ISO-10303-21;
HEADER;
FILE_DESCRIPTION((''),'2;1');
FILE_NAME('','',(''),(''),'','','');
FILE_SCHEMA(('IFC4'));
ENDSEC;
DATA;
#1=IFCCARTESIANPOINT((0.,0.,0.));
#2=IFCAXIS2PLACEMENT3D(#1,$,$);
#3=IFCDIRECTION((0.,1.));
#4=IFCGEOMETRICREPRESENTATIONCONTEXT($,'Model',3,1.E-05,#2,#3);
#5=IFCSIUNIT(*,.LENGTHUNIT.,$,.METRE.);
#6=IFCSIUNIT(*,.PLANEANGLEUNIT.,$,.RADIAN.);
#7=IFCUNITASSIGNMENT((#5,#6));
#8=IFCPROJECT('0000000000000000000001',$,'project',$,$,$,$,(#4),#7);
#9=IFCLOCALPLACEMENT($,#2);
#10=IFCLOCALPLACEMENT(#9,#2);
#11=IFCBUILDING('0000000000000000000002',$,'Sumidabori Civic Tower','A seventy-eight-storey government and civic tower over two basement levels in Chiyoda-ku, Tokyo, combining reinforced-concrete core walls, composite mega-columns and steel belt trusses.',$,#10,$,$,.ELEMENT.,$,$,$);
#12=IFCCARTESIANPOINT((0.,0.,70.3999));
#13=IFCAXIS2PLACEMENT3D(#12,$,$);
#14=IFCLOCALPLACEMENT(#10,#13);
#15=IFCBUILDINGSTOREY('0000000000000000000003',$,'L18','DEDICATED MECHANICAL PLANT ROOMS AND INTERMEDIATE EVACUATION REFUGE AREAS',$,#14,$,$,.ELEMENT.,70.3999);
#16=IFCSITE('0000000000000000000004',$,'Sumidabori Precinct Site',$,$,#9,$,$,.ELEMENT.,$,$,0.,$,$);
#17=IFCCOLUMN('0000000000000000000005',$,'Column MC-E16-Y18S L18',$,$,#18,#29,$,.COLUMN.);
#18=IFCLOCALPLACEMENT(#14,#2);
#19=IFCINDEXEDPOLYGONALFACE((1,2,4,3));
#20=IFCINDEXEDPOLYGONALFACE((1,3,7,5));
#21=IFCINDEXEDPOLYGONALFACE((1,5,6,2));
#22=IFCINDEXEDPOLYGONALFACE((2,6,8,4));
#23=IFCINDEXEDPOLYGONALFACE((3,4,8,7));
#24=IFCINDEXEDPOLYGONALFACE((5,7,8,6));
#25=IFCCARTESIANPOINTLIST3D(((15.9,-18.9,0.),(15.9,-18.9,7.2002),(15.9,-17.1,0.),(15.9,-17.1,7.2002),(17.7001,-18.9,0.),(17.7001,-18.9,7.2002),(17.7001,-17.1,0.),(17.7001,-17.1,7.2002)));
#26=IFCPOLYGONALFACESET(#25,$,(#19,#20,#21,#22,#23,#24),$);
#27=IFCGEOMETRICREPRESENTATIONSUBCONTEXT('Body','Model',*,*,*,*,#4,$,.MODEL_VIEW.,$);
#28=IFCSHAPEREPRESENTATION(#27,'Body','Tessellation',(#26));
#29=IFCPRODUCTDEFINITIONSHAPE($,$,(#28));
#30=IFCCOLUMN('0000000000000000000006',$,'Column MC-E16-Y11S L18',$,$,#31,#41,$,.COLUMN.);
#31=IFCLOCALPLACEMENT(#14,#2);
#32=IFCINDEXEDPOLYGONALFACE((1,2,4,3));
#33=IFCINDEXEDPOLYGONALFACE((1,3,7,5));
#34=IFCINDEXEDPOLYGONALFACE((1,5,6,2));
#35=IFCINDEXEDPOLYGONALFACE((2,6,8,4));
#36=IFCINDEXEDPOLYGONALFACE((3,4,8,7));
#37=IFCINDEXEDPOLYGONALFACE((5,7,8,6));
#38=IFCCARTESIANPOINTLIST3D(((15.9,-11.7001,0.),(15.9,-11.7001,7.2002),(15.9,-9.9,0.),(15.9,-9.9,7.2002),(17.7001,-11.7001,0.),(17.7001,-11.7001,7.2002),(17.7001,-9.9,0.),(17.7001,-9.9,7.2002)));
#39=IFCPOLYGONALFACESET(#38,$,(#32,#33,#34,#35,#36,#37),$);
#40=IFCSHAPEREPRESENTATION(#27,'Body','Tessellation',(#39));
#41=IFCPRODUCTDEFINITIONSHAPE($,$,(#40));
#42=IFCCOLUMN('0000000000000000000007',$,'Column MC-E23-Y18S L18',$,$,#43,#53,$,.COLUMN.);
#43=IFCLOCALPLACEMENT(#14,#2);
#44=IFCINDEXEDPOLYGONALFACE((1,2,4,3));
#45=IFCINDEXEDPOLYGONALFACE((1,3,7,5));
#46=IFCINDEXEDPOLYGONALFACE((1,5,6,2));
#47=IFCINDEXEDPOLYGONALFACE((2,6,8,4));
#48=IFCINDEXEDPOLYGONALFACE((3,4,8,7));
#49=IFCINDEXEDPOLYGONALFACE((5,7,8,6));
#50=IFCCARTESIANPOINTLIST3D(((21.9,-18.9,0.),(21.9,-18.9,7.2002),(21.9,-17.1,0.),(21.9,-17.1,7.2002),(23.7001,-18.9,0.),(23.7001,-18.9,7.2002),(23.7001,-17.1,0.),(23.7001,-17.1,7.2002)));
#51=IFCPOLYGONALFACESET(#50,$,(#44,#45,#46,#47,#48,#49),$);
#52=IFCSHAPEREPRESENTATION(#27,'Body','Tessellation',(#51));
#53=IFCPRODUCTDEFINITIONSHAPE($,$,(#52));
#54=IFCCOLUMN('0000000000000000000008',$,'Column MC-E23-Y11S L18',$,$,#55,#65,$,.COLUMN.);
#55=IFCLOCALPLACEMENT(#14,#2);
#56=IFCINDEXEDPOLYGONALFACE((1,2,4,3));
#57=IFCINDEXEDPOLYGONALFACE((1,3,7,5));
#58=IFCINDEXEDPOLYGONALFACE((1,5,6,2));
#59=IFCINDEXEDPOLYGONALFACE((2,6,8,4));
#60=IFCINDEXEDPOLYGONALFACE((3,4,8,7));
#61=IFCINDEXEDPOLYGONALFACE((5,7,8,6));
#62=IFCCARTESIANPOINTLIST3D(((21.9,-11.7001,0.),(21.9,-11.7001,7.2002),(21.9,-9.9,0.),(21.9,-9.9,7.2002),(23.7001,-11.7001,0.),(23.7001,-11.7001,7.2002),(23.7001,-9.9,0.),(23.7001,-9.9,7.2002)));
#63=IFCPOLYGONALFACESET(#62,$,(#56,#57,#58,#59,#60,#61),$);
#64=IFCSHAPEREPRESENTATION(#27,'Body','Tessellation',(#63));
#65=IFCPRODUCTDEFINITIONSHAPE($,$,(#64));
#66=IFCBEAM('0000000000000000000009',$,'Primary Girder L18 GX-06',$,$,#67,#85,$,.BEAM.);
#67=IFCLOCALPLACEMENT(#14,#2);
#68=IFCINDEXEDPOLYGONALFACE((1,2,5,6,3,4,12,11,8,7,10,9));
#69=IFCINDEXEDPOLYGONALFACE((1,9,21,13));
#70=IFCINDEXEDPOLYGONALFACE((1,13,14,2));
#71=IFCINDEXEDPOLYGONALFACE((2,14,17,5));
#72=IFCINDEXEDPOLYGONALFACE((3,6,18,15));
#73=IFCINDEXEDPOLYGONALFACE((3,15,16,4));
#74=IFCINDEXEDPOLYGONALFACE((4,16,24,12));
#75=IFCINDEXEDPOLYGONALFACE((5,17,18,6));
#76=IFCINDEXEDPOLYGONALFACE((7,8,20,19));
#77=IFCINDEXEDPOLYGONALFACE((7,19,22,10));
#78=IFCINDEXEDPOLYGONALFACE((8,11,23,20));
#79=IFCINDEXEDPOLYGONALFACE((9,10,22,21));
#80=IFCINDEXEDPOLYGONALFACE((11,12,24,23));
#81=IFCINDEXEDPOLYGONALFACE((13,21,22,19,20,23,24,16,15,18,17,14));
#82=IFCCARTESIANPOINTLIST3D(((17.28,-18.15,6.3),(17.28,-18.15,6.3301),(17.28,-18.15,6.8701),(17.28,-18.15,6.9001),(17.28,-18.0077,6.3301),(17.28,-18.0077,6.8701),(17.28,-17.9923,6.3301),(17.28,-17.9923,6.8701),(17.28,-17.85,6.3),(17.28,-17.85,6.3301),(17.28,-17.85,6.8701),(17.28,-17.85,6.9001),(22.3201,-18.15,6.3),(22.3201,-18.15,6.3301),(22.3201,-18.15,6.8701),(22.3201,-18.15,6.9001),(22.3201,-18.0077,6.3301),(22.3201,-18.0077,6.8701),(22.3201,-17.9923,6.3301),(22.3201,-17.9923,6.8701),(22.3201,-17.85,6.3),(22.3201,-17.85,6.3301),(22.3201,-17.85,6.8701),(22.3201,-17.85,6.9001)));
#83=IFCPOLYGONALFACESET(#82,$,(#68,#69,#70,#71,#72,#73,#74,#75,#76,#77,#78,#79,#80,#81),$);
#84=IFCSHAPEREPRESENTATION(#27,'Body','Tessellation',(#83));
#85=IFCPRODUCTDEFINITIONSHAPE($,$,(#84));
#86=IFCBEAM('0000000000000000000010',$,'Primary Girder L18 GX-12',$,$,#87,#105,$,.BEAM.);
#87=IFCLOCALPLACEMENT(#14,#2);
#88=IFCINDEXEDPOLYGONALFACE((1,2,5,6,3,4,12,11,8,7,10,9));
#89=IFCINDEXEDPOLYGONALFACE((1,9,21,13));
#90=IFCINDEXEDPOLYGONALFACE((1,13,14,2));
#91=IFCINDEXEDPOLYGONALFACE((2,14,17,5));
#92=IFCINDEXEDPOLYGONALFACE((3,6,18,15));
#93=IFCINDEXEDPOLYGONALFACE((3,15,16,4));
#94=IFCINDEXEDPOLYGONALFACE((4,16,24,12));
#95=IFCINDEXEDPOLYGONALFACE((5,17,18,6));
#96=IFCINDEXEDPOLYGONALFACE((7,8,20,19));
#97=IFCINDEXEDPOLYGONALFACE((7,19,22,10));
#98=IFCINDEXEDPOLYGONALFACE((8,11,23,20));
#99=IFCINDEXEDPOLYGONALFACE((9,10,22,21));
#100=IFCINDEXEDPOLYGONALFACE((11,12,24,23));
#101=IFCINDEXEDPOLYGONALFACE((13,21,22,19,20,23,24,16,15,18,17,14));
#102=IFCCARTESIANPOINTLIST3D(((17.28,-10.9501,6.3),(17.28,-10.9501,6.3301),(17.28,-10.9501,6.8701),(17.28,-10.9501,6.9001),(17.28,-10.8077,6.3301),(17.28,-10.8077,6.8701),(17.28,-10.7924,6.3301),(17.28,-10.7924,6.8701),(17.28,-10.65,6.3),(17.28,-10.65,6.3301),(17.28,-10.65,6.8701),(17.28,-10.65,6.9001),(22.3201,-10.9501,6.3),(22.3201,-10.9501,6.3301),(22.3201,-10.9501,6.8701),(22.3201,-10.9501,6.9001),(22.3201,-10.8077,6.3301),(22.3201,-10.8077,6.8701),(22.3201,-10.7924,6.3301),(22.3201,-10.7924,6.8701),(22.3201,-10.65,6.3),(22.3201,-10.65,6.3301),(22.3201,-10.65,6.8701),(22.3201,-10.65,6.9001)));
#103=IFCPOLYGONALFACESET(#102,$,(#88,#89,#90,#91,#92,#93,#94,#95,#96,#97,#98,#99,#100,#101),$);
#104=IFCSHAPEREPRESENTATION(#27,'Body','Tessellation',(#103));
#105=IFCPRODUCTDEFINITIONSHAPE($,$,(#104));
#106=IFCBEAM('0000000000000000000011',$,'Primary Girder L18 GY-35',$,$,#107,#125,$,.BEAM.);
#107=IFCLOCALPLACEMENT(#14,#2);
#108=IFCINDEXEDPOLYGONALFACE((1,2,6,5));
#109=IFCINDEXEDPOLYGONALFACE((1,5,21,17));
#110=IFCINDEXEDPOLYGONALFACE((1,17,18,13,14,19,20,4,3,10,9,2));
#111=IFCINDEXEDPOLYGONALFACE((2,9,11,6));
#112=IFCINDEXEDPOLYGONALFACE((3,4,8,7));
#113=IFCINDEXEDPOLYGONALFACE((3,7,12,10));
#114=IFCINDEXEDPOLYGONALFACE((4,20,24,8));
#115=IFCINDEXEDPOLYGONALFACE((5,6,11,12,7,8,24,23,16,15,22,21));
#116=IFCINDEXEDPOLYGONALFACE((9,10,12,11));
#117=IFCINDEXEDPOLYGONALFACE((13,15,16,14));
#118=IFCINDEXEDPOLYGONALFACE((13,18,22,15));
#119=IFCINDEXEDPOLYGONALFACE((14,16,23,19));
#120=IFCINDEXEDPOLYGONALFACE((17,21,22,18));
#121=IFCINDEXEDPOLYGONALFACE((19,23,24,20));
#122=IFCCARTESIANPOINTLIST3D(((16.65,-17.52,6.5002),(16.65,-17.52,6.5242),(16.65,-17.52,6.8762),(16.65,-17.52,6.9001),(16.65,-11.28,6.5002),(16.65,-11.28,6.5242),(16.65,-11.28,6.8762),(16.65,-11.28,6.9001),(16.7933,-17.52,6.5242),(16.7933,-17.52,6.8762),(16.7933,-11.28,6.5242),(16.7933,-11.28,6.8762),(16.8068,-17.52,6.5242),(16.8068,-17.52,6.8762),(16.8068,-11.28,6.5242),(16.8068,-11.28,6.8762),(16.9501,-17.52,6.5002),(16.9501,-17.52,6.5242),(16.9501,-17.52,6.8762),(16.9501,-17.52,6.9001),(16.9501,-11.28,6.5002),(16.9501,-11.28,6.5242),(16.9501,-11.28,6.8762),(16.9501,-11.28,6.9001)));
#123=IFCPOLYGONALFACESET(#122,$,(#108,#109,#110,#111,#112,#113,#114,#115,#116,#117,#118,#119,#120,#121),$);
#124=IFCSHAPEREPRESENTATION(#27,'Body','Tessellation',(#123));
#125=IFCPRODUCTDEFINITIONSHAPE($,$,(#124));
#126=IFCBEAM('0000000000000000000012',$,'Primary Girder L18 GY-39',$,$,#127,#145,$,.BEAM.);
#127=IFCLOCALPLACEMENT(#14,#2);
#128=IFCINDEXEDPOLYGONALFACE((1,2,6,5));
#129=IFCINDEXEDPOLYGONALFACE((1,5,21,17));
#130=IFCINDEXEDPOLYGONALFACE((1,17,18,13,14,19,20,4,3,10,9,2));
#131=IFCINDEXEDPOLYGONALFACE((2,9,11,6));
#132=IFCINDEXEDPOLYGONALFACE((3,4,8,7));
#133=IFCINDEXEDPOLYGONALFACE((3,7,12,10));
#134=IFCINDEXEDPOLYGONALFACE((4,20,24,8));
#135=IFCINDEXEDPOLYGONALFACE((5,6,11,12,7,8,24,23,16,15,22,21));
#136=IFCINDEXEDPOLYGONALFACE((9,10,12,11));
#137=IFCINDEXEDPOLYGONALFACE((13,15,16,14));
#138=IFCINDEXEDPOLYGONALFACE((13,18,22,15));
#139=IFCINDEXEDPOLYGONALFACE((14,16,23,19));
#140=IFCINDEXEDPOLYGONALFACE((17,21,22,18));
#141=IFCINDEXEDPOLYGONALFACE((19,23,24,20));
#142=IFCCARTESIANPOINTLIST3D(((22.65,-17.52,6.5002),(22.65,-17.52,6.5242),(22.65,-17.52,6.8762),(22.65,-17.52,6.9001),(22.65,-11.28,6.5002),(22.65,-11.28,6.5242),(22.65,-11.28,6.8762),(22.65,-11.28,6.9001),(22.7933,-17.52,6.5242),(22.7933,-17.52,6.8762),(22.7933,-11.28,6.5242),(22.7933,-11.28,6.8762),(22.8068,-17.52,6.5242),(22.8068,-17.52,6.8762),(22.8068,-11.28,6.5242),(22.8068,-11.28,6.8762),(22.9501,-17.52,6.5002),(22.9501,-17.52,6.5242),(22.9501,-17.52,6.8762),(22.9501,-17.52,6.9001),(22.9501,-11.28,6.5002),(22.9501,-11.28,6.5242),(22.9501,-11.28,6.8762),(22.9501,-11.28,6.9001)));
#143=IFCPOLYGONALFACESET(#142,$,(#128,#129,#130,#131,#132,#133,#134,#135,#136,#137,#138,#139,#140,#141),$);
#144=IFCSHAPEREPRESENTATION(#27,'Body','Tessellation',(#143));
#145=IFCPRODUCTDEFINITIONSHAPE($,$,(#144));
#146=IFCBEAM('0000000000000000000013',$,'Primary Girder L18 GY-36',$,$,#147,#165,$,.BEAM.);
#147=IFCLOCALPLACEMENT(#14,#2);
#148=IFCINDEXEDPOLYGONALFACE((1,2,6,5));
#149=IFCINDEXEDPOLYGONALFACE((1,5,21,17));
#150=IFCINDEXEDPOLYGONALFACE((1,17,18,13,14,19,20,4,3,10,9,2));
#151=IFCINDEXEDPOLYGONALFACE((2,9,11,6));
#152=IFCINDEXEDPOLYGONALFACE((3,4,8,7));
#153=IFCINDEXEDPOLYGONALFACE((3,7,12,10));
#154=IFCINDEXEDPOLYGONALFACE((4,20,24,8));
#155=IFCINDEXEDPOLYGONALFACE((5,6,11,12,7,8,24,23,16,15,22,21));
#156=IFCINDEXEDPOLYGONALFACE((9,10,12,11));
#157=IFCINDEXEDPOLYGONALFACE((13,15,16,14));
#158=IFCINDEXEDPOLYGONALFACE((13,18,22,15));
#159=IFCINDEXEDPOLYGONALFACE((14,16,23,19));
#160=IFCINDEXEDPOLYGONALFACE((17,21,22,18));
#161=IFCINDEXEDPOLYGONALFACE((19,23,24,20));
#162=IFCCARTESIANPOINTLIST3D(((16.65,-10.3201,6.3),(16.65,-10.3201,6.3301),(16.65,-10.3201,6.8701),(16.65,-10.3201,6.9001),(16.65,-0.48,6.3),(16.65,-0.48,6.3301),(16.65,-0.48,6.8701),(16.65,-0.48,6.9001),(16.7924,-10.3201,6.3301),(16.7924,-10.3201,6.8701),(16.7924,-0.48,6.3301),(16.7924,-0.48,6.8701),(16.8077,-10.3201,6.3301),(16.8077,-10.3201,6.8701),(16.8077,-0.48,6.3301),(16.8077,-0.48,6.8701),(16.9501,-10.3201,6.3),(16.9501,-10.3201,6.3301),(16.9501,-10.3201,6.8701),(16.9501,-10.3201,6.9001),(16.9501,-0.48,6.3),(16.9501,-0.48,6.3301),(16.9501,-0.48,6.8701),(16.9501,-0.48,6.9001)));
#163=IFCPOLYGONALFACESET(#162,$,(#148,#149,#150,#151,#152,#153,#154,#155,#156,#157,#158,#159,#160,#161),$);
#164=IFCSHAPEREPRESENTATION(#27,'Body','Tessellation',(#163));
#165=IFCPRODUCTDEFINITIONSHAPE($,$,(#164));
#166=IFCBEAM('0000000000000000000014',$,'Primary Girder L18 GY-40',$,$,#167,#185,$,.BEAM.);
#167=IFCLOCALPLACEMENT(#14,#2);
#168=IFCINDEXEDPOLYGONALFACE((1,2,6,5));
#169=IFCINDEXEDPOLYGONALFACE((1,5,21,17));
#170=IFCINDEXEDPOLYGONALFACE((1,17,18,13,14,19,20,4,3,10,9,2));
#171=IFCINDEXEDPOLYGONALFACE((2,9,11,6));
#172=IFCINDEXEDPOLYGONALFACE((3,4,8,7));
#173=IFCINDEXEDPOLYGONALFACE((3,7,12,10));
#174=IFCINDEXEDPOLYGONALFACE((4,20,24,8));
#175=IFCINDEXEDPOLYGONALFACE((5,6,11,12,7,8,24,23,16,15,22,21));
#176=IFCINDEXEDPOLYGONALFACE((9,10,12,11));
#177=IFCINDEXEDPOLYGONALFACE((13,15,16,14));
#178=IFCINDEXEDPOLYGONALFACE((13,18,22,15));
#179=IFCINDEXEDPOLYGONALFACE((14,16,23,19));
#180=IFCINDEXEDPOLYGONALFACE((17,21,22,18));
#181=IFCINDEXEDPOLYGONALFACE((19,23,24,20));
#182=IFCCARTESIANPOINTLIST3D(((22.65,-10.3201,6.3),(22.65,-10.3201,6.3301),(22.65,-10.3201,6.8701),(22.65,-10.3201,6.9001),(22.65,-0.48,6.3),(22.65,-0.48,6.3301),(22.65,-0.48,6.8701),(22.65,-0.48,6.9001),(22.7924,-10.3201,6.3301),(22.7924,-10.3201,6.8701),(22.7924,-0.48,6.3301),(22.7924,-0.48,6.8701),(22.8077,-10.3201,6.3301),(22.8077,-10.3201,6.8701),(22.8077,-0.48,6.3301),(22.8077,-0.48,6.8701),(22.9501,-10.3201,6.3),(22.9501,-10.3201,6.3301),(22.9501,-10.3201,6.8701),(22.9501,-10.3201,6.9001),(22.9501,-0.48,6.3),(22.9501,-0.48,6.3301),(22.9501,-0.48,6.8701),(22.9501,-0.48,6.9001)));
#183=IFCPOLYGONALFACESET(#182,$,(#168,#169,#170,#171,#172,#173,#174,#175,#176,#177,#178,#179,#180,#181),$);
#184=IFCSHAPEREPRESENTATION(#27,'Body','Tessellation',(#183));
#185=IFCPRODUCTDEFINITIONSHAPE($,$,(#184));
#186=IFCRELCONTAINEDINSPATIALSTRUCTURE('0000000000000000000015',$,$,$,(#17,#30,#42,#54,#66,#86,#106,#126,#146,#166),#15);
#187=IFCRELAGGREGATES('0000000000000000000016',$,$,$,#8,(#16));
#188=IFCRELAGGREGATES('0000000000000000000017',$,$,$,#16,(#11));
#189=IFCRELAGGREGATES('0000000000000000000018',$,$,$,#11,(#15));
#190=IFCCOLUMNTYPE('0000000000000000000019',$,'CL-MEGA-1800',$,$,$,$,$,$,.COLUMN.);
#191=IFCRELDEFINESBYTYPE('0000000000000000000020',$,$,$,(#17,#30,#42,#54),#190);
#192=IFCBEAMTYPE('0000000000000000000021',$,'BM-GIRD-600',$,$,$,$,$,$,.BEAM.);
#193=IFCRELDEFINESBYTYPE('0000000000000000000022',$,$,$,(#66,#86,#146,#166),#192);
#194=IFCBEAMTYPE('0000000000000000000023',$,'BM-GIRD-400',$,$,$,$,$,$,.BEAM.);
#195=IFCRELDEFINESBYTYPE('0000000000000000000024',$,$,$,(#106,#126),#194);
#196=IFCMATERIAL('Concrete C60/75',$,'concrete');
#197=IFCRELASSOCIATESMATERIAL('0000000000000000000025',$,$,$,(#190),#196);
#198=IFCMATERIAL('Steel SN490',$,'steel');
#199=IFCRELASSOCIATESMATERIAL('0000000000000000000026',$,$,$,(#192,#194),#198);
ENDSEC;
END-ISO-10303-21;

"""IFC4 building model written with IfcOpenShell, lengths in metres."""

from ifc_helpers import new_model, si_unit, direction, frame, origin, origin_2d, place, context, subcontext, project, spatial, rectangle, i_section, extrude, source, transform, mapped, material, material_profile, profile_set, type_object, element, save


model = new_model("IFC4")

# Units and contexts
model_context = context("Model", 3, precision=1e-05, world=origin(), true_north=direction((0.0, 1.0)))
body_context = subcontext(model_context, "Body", "Model", "MODEL_VIEW")
ifc_project = project(units=[si_unit("LENGTHUNIT", "METRE"), si_unit("PLANEANGLEUNIT", "RADIAN")], contexts=[model_context])

# Site, building, storey
site_placement = place(None, origin())
site = spatial("IfcSite", under=ifc_project, at=site_placement, Name="Sumidabori Precinct Site", CompositionType="ELEMENT", RefElevation=0.0)
building_placement = place(site_placement, origin())
building = spatial("IfcBuilding", under=site, at=building_placement, Name="Sumidabori Civic Tower", Description="A seventy-eight-storey government and civic tower over two basement levels in Chiyoda-ku, Tokyo, combining reinforced-concrete core walls, composite mega-columns and steel belt trusses.", CompositionType="ELEMENT")
storey_placement = place(building_placement, frame((0.0, 0.0, 70.3999)))
storey = spatial("IfcBuildingStorey", under=building, at=storey_placement, Name="L18", Description="DEDICATED MECHANICAL PLANT ROOMS AND INTERMEDIATE EVACUATION REFUGE AREAS", CompositionType="ELEMENT", Elevation=70.3999)

# Columns
ifc_material_1 = material(Name="Concrete C60/75", Category="concrete")
ifc_material_profile_1 = material_profile(ifc_material_1, rectangle(XDim=1.8, YDim=1.8, at=origin_2d()), Name="RC 1800x1800")
ifc_profile_set_1 = profile_set([ifc_material_profile_1], Name="Concrete C60/75")
column_type = type_object("IfcColumnType", Name="CL-MEGA-1800", PredefinedType="COLUMN", material=ifc_profile_set_1)
shared_shape_1 = source(origin(), body_context, "Body", "SweptSolid", [
    extrude(rectangle(XDim=1.8, YDim=1.8, at=origin_2d()), origin(), (0.0, 0.0, 1.0), 7.2002),
])
for number, where, z_axis, x_axis, name in (
    (1, (16.8, -18.0, 0.0), (0.0, 0.0, 1.0), (1.0, 0.0, 0.0), "Column MC-E16-Y18S L18"),
    (2, (16.8, -10.8, 0.0), (0.0, 0.0, 1.0), (1.0, 0.0, 0.0), "Column MC-E16-Y11S L18"),
    (3, (22.8, -18.0, 0.0), (0.0, 0.0, 1.0), (1.0, 0.0, 0.0), "Column MC-E23-Y18S L18"),
    (4, (22.8, -10.8, 0.0), (0.0, 0.0, 1.0), (1.0, 0.0, 0.0), "Column MC-E23-Y11S L18"),
):
    element("IfcColumn", number, at=place(storey_placement, frame(where, z_axis=z_axis, x_axis=x_axis)), inside=storey, type_object=column_type, Name=name, PredefinedType="COLUMN", context=body_context, shape_type="MappedRepresentation", body=[
        mapped(shared_shape_1, transform((0.0, 0.0, 0.0), x_axis=(1.0, 0.0, 0.0), y_axis=(0.0, 1.0, 0.0), z_axis=(0.0, 0.0, 1.0), scale=1.0)),
    ])

# Beams
ifc_material_2 = material(Name="Steel SN490", Category="steel")
ifc_material_profile_2 = material_profile(ifc_material_2, i_section(OverallWidth=0.3, OverallDepth=0.6001, WebThickness=0.0154, FlangeThickness=0.03, at=origin_2d()), Name="HE 600 B")
ifc_profile_set_2 = profile_set([ifc_material_profile_2], Name="Steel SN490")
beam_type_1 = type_object("IfcBeamType", Name="BM-GIRD-600", PredefinedType="BEAM", material=ifc_profile_set_2)
shared_shape_2 = source(origin(), body_context, "Body", "SweptSolid", [
    extrude(i_section(OverallWidth=0.3, OverallDepth=0.6001, WebThickness=0.0154, FlangeThickness=0.03, at=origin_2d()), origin(), (0.0, 0.0, 1.0), 5.04),
])
for number, where, z_axis, x_axis, name in (
    (5, (17.28, -18.0, 6.6001), (1.0, 0.0, 0.0), (0.0, 1.0, 0.0), "Primary Girder L18 GX-06"),
    (6, (17.28, -10.8, 6.6001), (1.0, 0.0, 0.0), (0.0, 1.0, 0.0), "Primary Girder L18 GX-12"),
):
    element("IfcBeam", number, at=place(storey_placement, frame(where, z_axis=z_axis, x_axis=x_axis)), inside=storey, type_object=beam_type_1, Name=name, PredefinedType="BEAM", context=body_context, shape_type="MappedRepresentation", body=[
        mapped(shared_shape_2, transform((0.0, 0.0, 0.0), x_axis=(1.0, 0.0, 0.0), y_axis=(0.0, 1.0, 0.0), z_axis=(0.0, 0.0, 1.0), scale=1.0)),
    ])
ifc_material_profile_3 = material_profile(ifc_material_2, i_section(OverallWidth=0.3, OverallDepth=0.3999, WebThickness=0.0134, FlangeThickness=0.0239, at=origin_2d()), Name="HE 400 B")
ifc_profile_set_3 = profile_set([ifc_material_profile_3], Name="Steel SN490")
beam_type_2 = type_object("IfcBeamType", Name="BM-GIRD-400", PredefinedType="BEAM", material=ifc_profile_set_3)
shared_shape_3 = source(origin(), body_context, "Body", "SweptSolid", [
    extrude(i_section(OverallWidth=0.3, OverallDepth=0.3999, WebThickness=0.0134, FlangeThickness=0.0239, at=origin_2d()), origin(), (0.0, 0.0, 1.0), 6.24),
])
for number, where, z_axis, x_axis, name in (
    (7, (16.8, -17.52, 6.7002), (0.0, 1.0, 0.0), (-1.0, 0.0, 0.0), "Primary Girder L18 GY-35"),
    (8, (22.8, -17.52, 6.7002), (0.0, 1.0, 0.0), (-1.0, 0.0, 0.0), "Primary Girder L18 GY-39"),
):
    element("IfcBeam", number, at=place(storey_placement, frame(where, z_axis=z_axis, x_axis=x_axis)), inside=storey, type_object=beam_type_2, Name=name, PredefinedType="BEAM", context=body_context, shape_type="MappedRepresentation", body=[
        mapped(shared_shape_3, transform((0.0, 0.0, 0.0), x_axis=(1.0, 0.0, 0.0), y_axis=(0.0, 1.0, 0.0), z_axis=(0.0, 0.0, 1.0), scale=1.0)),
    ])
shared_shape_4 = source(origin(), body_context, "Body", "SweptSolid", [
    extrude(i_section(OverallWidth=0.3, OverallDepth=0.6001, WebThickness=0.0154, FlangeThickness=0.03, at=origin_2d()), origin(), (0.0, 0.0, 1.0), 9.8401),
])
for number, where, z_axis, x_axis, name in (
    (9, (16.8, -10.3201, 6.6001), (0.0, 1.0, 0.0), (-1.0, 0.0, 0.0), "Primary Girder L18 GY-36"),
    (10, (22.8, -10.3201, 6.6001), (0.0, 1.0, 0.0), (-1.0, 0.0, 0.0), "Primary Girder L18 GY-40"),
):
    element("IfcBeam", number, at=place(storey_placement, frame(where, z_axis=z_axis, x_axis=x_axis)), inside=storey, type_object=beam_type_1, Name=name, PredefinedType="BEAM", context=body_context, shape_type="MappedRepresentation", body=[
        mapped(shared_shape_4, transform((0.0, 0.0, 0.0), x_axis=(1.0, 0.0, 0.0), y_axis=(0.0, 1.0, 0.0), z_axis=(0.0, 0.0, 1.0), scale=1.0)),
    ])

save(model, "model.ifc")
